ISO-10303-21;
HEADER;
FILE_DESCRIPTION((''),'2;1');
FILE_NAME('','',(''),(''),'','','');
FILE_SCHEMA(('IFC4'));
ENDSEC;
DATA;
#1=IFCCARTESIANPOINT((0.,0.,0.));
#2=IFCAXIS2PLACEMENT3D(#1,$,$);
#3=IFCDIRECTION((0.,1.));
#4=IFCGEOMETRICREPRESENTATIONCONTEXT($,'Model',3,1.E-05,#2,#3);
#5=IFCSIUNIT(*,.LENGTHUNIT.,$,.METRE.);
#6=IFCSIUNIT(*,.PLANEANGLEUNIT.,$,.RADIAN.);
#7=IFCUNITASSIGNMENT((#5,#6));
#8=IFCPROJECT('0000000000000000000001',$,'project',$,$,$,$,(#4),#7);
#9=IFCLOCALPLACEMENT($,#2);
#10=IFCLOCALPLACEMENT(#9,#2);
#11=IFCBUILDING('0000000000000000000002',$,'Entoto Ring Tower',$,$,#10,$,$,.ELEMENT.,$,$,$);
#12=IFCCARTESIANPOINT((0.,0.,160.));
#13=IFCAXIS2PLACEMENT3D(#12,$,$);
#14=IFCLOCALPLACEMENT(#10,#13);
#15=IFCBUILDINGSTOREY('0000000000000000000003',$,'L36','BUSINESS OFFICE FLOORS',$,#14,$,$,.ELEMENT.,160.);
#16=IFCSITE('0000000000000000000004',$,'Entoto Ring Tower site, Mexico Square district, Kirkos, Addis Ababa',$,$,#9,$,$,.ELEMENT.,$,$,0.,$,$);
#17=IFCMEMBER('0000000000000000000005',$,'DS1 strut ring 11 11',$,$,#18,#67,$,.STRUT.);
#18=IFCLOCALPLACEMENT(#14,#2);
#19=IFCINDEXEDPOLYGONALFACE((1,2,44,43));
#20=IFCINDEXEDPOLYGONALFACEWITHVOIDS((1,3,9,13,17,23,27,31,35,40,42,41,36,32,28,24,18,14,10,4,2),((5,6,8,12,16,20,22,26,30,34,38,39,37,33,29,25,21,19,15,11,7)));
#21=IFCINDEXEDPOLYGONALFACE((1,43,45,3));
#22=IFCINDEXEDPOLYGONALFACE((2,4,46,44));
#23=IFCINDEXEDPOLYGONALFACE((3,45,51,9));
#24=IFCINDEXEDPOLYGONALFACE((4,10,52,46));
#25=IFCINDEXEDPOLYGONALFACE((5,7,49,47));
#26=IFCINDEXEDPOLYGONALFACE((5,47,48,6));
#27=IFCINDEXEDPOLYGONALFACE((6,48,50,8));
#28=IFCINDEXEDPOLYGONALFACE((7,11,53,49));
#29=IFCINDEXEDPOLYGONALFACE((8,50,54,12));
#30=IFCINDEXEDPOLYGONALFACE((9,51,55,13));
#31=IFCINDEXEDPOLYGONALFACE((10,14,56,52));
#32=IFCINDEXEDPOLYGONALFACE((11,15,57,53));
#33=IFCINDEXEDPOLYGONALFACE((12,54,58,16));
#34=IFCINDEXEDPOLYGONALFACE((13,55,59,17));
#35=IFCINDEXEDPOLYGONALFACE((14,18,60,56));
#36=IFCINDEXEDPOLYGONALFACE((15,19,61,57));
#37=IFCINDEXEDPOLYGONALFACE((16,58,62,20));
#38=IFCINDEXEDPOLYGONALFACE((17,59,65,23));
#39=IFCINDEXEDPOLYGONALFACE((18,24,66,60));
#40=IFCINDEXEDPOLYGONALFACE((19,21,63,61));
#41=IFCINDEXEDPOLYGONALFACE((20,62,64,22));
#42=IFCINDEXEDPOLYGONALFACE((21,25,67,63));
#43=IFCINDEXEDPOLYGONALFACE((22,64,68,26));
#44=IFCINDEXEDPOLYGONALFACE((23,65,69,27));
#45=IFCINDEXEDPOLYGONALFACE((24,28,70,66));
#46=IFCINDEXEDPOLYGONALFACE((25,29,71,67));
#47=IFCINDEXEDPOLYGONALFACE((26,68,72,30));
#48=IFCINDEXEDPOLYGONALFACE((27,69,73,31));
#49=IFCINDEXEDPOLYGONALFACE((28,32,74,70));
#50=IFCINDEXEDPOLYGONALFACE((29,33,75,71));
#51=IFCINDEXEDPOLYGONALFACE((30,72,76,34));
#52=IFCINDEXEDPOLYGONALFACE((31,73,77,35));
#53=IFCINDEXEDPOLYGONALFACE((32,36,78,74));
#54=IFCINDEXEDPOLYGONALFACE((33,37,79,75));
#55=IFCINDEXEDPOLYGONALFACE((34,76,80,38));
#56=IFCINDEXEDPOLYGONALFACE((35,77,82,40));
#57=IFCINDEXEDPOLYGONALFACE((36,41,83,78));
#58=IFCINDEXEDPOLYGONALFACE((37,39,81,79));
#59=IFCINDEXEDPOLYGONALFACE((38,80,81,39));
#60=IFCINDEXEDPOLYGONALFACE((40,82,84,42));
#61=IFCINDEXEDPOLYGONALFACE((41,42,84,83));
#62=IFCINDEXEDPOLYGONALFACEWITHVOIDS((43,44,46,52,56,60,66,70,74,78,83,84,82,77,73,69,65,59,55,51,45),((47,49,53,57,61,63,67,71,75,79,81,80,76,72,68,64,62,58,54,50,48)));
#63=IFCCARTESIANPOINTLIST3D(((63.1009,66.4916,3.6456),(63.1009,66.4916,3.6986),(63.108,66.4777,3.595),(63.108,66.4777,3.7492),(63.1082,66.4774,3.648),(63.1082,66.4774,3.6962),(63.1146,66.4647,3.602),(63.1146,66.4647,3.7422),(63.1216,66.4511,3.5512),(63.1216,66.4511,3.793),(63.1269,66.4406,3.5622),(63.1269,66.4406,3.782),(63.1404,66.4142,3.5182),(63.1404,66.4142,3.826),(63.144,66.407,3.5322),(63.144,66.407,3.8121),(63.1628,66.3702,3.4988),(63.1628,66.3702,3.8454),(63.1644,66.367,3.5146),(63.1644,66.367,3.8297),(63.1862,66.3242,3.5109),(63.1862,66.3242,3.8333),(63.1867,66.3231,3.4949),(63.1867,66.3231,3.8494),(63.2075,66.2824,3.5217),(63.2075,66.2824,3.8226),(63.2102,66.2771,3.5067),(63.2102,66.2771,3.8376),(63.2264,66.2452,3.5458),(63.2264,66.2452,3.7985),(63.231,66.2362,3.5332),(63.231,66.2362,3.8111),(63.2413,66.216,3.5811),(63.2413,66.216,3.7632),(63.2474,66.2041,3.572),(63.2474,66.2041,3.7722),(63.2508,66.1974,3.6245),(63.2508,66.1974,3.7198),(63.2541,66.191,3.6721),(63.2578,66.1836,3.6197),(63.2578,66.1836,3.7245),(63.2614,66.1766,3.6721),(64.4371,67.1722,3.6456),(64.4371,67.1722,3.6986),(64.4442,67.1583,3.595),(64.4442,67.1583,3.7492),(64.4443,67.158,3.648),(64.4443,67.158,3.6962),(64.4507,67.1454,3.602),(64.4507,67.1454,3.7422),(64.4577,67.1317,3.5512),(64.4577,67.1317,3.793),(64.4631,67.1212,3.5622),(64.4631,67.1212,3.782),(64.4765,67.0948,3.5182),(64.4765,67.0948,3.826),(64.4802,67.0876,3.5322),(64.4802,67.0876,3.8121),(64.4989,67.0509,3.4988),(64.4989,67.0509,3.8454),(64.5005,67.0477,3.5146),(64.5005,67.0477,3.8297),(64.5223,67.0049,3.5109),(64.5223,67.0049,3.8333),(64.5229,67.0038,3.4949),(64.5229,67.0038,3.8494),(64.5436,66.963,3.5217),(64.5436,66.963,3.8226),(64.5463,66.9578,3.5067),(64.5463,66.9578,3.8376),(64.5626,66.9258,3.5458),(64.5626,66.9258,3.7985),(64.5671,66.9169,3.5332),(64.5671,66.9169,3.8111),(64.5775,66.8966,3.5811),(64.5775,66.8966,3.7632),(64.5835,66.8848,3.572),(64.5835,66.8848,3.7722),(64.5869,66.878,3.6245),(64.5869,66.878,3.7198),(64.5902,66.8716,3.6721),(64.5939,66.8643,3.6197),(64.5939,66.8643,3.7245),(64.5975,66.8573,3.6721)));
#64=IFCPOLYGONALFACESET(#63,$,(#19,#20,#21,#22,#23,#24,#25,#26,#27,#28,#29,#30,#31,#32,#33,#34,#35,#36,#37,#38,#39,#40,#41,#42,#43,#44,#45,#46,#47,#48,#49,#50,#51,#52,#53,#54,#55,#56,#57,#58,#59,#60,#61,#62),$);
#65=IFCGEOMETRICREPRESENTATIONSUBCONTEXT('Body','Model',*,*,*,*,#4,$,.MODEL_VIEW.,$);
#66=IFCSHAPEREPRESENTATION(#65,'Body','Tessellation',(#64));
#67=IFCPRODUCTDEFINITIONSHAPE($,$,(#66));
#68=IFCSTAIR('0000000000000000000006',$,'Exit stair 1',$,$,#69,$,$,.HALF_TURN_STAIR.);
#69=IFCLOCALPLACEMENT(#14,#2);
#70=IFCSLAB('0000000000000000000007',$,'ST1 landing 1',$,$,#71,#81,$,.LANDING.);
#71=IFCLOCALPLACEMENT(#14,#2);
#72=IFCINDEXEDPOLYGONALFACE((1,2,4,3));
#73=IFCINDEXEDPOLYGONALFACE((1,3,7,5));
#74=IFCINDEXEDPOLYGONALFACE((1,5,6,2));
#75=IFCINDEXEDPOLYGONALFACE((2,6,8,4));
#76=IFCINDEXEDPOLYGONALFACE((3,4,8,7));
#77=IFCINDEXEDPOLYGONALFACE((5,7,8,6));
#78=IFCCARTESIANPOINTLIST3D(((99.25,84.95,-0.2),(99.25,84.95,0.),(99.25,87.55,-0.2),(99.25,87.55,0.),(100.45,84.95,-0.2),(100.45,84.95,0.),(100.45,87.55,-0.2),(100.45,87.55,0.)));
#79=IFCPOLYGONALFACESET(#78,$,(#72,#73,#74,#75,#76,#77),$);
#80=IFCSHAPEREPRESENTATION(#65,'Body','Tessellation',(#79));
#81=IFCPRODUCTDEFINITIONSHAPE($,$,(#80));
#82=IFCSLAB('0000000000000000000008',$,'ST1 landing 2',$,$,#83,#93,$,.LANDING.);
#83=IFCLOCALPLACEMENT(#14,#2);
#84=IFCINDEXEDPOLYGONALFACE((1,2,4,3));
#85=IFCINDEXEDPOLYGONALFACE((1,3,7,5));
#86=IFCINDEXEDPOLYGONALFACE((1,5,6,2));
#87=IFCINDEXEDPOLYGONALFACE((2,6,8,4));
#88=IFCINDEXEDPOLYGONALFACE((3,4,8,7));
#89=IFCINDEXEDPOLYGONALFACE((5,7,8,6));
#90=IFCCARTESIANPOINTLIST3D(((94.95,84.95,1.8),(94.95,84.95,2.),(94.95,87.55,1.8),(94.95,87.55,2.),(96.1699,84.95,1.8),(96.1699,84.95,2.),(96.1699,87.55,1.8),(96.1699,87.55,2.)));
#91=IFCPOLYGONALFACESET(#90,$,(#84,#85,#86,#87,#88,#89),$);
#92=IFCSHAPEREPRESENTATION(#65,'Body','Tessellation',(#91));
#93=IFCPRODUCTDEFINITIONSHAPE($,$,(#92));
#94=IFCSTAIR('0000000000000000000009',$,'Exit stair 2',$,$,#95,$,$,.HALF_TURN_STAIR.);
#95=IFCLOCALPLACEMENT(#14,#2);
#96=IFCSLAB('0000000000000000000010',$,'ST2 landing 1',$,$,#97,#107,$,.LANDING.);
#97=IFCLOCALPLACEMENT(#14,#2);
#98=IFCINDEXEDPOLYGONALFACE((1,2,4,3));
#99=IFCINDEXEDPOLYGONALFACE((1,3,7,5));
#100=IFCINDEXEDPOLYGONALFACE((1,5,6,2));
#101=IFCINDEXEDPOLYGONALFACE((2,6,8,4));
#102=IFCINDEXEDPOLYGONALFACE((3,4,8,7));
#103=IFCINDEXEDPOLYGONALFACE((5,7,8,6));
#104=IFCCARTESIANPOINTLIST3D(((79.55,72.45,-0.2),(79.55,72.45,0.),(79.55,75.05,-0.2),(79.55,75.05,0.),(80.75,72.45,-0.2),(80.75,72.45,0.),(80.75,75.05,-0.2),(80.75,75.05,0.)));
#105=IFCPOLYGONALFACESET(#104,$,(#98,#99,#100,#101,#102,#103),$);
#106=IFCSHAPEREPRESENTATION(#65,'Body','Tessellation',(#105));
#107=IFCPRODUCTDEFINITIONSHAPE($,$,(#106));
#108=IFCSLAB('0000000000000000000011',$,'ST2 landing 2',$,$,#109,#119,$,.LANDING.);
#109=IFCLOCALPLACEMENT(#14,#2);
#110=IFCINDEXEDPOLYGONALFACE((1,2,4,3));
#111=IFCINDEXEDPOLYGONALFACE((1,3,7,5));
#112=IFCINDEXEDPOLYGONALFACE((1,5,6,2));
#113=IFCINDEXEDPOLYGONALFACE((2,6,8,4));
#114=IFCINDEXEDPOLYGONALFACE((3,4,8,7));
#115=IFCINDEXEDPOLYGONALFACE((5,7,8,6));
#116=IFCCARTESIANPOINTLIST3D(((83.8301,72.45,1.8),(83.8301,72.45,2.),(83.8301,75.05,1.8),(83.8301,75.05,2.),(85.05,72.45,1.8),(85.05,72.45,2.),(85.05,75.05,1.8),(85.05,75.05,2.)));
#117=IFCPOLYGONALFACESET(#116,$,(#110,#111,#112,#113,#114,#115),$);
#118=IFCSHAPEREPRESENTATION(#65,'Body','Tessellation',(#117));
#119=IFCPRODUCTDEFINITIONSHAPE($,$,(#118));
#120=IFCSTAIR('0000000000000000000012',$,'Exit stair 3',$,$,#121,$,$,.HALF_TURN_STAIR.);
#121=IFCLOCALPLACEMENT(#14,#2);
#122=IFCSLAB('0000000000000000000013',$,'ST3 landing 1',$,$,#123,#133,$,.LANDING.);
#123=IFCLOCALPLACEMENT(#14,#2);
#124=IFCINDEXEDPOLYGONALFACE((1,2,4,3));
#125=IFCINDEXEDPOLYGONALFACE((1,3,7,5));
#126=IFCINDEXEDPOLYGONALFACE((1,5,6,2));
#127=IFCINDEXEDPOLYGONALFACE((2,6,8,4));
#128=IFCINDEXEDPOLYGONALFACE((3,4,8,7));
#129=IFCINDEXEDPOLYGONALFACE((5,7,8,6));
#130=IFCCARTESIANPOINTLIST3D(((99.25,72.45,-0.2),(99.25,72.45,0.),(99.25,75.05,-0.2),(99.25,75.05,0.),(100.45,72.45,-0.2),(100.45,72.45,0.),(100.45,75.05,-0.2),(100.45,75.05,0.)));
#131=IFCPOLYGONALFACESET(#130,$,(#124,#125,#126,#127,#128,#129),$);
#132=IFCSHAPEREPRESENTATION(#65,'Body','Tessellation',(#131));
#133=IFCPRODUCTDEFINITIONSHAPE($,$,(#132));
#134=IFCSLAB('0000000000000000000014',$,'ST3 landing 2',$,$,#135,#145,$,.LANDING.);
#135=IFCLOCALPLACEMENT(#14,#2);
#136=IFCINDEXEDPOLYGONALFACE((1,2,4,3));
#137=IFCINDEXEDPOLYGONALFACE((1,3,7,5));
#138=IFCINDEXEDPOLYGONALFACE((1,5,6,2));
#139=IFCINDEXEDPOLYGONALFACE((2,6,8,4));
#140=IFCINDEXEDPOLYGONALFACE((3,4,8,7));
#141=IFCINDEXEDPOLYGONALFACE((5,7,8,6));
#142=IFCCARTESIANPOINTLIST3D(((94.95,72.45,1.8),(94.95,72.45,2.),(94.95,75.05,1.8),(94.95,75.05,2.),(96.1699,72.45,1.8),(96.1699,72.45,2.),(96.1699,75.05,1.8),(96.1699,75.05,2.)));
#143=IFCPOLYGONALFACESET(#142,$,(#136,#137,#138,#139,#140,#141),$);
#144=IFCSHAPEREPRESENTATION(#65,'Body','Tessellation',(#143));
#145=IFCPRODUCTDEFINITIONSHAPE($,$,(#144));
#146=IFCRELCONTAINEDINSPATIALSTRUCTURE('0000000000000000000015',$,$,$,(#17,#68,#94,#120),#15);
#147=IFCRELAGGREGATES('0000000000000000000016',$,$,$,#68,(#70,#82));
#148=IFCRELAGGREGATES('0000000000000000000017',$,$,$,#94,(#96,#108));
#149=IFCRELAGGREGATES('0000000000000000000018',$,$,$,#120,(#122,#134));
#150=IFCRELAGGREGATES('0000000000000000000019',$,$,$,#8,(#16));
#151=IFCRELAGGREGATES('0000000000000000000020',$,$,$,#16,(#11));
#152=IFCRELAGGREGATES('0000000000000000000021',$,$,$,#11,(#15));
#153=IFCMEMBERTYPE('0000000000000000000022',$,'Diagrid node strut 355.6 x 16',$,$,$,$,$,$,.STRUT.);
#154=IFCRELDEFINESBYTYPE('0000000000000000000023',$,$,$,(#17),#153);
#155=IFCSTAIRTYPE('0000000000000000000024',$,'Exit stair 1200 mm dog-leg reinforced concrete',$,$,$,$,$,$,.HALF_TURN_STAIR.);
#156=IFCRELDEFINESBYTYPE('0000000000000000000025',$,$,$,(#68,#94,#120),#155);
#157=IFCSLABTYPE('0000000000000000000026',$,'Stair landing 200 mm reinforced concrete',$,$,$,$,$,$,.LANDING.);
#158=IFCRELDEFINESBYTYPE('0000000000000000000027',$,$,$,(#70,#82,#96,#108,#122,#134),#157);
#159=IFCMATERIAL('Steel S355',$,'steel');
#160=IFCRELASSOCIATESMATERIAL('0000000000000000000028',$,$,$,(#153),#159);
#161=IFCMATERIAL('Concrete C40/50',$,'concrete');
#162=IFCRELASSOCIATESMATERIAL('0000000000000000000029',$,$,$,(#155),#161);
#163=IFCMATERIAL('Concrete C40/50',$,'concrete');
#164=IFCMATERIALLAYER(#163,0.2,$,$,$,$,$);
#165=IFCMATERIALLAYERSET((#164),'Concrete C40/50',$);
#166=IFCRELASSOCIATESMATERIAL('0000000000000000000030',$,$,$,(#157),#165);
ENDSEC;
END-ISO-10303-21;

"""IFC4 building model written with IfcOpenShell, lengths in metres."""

from ifc_helpers import new_model, si_unit, direction, frame, origin, origin_2d, place, context, subcontext, project, spatial, polyline, circle, hollow_circle, outline, extrude, material, layer, layer_set, material_profile, profile_set, type_object, element, aggregate, save


model = new_model("IFC4")

# Units and contexts
model_context = context("Model", 3, precision=1e-05, world=origin(), true_north=direction((0.0, 1.0)))
body_context = subcontext(model_context, "Body", "Model", "MODEL_VIEW")
ifc_project = project(units=[si_unit("LENGTHUNIT", "METRE"), si_unit("PLANEANGLEUNIT", "RADIAN")], contexts=[model_context])

# Site, building, storey
site_placement = place(None, origin())
site = spatial("IfcSite", under=ifc_project, at=site_placement, Name="Entoto Ring Tower site, Mexico Square district, Kirkos, Addis Ababa", CompositionType="ELEMENT", RefElevation=0.0)
building_placement = place(site_placement, origin())
building = spatial("IfcBuilding", under=site, at=building_placement, Name="Entoto Ring Tower", CompositionType="ELEMENT")
storey_placement = place(building_placement, frame((0.0, 0.0, 160.0)))
storey = spatial("IfcBuildingStorey", under=building, at=storey_placement, Name="L36", Description="BUSINESS OFFICE FLOORS", CompositionType="ELEMENT", Elevation=160.0)

# Member
ifc_material_1 = material(Name="Steel S355", Category="steel")
ifc_material_profile_1 = material_profile(ifc_material_1, hollow_circle(Radius=0.1777, WallThickness=0.0161, at=origin_2d()), Name="CHS 355.6 x 16")
ifc_material_2 = material(Name="Concrete C60/75", Category="concrete")
ifc_material_profile_2 = material_profile(ifc_material_2, circle(Radius=0.1619, at=origin_2d()), Name="Concrete C60/75 infill")
ifc_profile_set = profile_set([ifc_material_profile_1, ifc_material_profile_2], Name="Steel S355")
member_type = type_object("IfcMemberType", Name="Diagrid node strut 355.6 x 16", PredefinedType="STRUT", material=ifc_profile_set)
member_placement = place(storey_placement, frame((64.5168, 67.0156, 3.6721), z_axis=(-0.891048, -0.453909, 0.0), x_axis=(0.453909, -0.891048, 0.0)))
element("IfcMember", 1, at=member_placement, inside=storey, type_object=member_type, Name="DS1 strut ring 11 11", PredefinedType="STRUT", context=body_context, shape_type="SweptSolid", body=[
    extrude(hollow_circle(Radius=0.1777, WallThickness=0.0161, at=origin_2d()), origin(), (0.0, 0.0, 1.0), 1.4995),
])

# Stairs, slabs
ifc_material_3 = material(Name="Concrete C40/50", Category="concrete")
stair_type = type_object("IfcStairType", Name="Exit stair 1200 mm dog-leg reinforced concrete", PredefinedType="HALF_TURN_STAIR", material=ifc_material_3)
stair_1_placement = place(storey_placement, origin())
stair_1 = element("IfcStair", 2, at=stair_1_placement, inside=storey, type_object=stair_type, Name="Exit stair 1", PredefinedType="HALF_TURN_STAIR")
ifc_material_4 = material(Name="Concrete C40/50", Category="concrete")
ifc_layer_1 = layer(ifc_material_4, 0.2)
ifc_layer_set_1 = layer_set([ifc_layer_1], Name="Concrete C40/50")
slab_type_1 = type_object("IfcSlabType", Name="Stair landing 200 mm reinforced concrete", PredefinedType="LANDING", material=ifc_layer_set_1)
slab_1_placement = place(storey_placement, frame((0.0, 0.0, -0.2)))
slab_1 = element("IfcSlab", 3, at=slab_1_placement, type_object=slab_type_1, Name="ST1 landing 1", PredefinedType="LANDING", context=body_context, shape_type="SweptSolid", body=[
    extrude(outline(polyline([(100.45, 84.95), (100.45, 87.55), (99.25, 87.55), (99.25, 84.95), (100.45, 84.95)])), origin(), (0.0, 0.0, 1.0), 0.2),
])
slab_2_placement = place(storey_placement, frame((0.0, 0.0, 1.8)))
slab_2 = element("IfcSlab", 4, at=slab_2_placement, type_object=slab_type_1, Name="ST1 landing 2", PredefinedType="LANDING", context=body_context, shape_type="SweptSolid", body=[
    extrude(outline(polyline([(94.95, 84.95), (96.1699, 84.95), (96.1699, 87.55), (94.95, 87.55), (94.95, 84.95)])), origin(), (0.0, 0.0, 1.0), 0.2),
])
aggregate(stair_1, [slab_1, slab_2])
stair_2_placement = place(storey_placement, origin())
stair_2 = element("IfcStair", 5, at=stair_2_placement, inside=storey, type_object=stair_type, Name="Exit stair 2", PredefinedType="HALF_TURN_STAIR")
slab_3_placement = place(storey_placement, frame((0.0, 0.0, -0.2)))
slab_3 = element("IfcSlab", 6, at=slab_3_placement, type_object=slab_type_1, Name="ST2 landing 1", PredefinedType="LANDING", context=body_context, shape_type="SweptSolid", body=[
    extrude(outline(polyline([(80.75, 72.45), (80.75, 75.05), (79.55, 75.05), (79.55, 72.45), (80.75, 72.45)])), origin(), (0.0, 0.0, 1.0), 0.2),
])
slab_4_placement = place(storey_placement, frame((0.0, 0.0, 1.8)))
slab_4 = element("IfcSlab", 7, at=slab_4_placement, type_object=slab_type_1, Name="ST2 landing 2", PredefinedType="LANDING", context=body_context, shape_type="SweptSolid", body=[
    extrude(outline(polyline([(83.8301, 72.45), (85.05, 72.45), (85.05, 75.05), (83.8301, 75.05), (83.8301, 72.45)])), origin(), (0.0, 0.0, 1.0), 0.2),
])
aggregate(stair_2, [slab_3, slab_4])
stair_3_placement = place(storey_placement, origin())
stair_3 = element("IfcStair", 8, at=stair_3_placement, inside=storey, type_object=stair_type, Name="Exit stair 3", PredefinedType="HALF_TURN_STAIR")
slab_5_placement = place(storey_placement, frame((0.0, 0.0, -0.2)))
slab_5 = element("IfcSlab", 9, at=slab_5_placement, type_object=slab_type_1, Name="ST3 landing 1", PredefinedType="LANDING", context=body_context, shape_type="SweptSolid", body=[
    extrude(outline(polyline([(100.45, 72.45), (100.45, 75.05), (99.25, 75.05), (99.25, 72.45), (100.45, 72.45)])), origin(), (0.0, 0.0, 1.0), 0.2),
])
slab_6_placement = place(storey_placement, frame((0.0, 0.0, 1.8)))
slab_6 = element("IfcSlab", 10, at=slab_6_placement, type_object=slab_type_1, Name="ST3 landing 2", PredefinedType="LANDING", context=body_context, shape_type="SweptSolid", body=[
    extrude(outline(polyline([(94.95, 72.45), (96.1699, 72.45), (96.1699, 75.05), (94.95, 75.05), (94.95, 72.45)])), origin(), (0.0, 0.0, 1.0), 0.2),
])
aggregate(stair_3, [slab_5, slab_6])

save(model, "model.ifc")
